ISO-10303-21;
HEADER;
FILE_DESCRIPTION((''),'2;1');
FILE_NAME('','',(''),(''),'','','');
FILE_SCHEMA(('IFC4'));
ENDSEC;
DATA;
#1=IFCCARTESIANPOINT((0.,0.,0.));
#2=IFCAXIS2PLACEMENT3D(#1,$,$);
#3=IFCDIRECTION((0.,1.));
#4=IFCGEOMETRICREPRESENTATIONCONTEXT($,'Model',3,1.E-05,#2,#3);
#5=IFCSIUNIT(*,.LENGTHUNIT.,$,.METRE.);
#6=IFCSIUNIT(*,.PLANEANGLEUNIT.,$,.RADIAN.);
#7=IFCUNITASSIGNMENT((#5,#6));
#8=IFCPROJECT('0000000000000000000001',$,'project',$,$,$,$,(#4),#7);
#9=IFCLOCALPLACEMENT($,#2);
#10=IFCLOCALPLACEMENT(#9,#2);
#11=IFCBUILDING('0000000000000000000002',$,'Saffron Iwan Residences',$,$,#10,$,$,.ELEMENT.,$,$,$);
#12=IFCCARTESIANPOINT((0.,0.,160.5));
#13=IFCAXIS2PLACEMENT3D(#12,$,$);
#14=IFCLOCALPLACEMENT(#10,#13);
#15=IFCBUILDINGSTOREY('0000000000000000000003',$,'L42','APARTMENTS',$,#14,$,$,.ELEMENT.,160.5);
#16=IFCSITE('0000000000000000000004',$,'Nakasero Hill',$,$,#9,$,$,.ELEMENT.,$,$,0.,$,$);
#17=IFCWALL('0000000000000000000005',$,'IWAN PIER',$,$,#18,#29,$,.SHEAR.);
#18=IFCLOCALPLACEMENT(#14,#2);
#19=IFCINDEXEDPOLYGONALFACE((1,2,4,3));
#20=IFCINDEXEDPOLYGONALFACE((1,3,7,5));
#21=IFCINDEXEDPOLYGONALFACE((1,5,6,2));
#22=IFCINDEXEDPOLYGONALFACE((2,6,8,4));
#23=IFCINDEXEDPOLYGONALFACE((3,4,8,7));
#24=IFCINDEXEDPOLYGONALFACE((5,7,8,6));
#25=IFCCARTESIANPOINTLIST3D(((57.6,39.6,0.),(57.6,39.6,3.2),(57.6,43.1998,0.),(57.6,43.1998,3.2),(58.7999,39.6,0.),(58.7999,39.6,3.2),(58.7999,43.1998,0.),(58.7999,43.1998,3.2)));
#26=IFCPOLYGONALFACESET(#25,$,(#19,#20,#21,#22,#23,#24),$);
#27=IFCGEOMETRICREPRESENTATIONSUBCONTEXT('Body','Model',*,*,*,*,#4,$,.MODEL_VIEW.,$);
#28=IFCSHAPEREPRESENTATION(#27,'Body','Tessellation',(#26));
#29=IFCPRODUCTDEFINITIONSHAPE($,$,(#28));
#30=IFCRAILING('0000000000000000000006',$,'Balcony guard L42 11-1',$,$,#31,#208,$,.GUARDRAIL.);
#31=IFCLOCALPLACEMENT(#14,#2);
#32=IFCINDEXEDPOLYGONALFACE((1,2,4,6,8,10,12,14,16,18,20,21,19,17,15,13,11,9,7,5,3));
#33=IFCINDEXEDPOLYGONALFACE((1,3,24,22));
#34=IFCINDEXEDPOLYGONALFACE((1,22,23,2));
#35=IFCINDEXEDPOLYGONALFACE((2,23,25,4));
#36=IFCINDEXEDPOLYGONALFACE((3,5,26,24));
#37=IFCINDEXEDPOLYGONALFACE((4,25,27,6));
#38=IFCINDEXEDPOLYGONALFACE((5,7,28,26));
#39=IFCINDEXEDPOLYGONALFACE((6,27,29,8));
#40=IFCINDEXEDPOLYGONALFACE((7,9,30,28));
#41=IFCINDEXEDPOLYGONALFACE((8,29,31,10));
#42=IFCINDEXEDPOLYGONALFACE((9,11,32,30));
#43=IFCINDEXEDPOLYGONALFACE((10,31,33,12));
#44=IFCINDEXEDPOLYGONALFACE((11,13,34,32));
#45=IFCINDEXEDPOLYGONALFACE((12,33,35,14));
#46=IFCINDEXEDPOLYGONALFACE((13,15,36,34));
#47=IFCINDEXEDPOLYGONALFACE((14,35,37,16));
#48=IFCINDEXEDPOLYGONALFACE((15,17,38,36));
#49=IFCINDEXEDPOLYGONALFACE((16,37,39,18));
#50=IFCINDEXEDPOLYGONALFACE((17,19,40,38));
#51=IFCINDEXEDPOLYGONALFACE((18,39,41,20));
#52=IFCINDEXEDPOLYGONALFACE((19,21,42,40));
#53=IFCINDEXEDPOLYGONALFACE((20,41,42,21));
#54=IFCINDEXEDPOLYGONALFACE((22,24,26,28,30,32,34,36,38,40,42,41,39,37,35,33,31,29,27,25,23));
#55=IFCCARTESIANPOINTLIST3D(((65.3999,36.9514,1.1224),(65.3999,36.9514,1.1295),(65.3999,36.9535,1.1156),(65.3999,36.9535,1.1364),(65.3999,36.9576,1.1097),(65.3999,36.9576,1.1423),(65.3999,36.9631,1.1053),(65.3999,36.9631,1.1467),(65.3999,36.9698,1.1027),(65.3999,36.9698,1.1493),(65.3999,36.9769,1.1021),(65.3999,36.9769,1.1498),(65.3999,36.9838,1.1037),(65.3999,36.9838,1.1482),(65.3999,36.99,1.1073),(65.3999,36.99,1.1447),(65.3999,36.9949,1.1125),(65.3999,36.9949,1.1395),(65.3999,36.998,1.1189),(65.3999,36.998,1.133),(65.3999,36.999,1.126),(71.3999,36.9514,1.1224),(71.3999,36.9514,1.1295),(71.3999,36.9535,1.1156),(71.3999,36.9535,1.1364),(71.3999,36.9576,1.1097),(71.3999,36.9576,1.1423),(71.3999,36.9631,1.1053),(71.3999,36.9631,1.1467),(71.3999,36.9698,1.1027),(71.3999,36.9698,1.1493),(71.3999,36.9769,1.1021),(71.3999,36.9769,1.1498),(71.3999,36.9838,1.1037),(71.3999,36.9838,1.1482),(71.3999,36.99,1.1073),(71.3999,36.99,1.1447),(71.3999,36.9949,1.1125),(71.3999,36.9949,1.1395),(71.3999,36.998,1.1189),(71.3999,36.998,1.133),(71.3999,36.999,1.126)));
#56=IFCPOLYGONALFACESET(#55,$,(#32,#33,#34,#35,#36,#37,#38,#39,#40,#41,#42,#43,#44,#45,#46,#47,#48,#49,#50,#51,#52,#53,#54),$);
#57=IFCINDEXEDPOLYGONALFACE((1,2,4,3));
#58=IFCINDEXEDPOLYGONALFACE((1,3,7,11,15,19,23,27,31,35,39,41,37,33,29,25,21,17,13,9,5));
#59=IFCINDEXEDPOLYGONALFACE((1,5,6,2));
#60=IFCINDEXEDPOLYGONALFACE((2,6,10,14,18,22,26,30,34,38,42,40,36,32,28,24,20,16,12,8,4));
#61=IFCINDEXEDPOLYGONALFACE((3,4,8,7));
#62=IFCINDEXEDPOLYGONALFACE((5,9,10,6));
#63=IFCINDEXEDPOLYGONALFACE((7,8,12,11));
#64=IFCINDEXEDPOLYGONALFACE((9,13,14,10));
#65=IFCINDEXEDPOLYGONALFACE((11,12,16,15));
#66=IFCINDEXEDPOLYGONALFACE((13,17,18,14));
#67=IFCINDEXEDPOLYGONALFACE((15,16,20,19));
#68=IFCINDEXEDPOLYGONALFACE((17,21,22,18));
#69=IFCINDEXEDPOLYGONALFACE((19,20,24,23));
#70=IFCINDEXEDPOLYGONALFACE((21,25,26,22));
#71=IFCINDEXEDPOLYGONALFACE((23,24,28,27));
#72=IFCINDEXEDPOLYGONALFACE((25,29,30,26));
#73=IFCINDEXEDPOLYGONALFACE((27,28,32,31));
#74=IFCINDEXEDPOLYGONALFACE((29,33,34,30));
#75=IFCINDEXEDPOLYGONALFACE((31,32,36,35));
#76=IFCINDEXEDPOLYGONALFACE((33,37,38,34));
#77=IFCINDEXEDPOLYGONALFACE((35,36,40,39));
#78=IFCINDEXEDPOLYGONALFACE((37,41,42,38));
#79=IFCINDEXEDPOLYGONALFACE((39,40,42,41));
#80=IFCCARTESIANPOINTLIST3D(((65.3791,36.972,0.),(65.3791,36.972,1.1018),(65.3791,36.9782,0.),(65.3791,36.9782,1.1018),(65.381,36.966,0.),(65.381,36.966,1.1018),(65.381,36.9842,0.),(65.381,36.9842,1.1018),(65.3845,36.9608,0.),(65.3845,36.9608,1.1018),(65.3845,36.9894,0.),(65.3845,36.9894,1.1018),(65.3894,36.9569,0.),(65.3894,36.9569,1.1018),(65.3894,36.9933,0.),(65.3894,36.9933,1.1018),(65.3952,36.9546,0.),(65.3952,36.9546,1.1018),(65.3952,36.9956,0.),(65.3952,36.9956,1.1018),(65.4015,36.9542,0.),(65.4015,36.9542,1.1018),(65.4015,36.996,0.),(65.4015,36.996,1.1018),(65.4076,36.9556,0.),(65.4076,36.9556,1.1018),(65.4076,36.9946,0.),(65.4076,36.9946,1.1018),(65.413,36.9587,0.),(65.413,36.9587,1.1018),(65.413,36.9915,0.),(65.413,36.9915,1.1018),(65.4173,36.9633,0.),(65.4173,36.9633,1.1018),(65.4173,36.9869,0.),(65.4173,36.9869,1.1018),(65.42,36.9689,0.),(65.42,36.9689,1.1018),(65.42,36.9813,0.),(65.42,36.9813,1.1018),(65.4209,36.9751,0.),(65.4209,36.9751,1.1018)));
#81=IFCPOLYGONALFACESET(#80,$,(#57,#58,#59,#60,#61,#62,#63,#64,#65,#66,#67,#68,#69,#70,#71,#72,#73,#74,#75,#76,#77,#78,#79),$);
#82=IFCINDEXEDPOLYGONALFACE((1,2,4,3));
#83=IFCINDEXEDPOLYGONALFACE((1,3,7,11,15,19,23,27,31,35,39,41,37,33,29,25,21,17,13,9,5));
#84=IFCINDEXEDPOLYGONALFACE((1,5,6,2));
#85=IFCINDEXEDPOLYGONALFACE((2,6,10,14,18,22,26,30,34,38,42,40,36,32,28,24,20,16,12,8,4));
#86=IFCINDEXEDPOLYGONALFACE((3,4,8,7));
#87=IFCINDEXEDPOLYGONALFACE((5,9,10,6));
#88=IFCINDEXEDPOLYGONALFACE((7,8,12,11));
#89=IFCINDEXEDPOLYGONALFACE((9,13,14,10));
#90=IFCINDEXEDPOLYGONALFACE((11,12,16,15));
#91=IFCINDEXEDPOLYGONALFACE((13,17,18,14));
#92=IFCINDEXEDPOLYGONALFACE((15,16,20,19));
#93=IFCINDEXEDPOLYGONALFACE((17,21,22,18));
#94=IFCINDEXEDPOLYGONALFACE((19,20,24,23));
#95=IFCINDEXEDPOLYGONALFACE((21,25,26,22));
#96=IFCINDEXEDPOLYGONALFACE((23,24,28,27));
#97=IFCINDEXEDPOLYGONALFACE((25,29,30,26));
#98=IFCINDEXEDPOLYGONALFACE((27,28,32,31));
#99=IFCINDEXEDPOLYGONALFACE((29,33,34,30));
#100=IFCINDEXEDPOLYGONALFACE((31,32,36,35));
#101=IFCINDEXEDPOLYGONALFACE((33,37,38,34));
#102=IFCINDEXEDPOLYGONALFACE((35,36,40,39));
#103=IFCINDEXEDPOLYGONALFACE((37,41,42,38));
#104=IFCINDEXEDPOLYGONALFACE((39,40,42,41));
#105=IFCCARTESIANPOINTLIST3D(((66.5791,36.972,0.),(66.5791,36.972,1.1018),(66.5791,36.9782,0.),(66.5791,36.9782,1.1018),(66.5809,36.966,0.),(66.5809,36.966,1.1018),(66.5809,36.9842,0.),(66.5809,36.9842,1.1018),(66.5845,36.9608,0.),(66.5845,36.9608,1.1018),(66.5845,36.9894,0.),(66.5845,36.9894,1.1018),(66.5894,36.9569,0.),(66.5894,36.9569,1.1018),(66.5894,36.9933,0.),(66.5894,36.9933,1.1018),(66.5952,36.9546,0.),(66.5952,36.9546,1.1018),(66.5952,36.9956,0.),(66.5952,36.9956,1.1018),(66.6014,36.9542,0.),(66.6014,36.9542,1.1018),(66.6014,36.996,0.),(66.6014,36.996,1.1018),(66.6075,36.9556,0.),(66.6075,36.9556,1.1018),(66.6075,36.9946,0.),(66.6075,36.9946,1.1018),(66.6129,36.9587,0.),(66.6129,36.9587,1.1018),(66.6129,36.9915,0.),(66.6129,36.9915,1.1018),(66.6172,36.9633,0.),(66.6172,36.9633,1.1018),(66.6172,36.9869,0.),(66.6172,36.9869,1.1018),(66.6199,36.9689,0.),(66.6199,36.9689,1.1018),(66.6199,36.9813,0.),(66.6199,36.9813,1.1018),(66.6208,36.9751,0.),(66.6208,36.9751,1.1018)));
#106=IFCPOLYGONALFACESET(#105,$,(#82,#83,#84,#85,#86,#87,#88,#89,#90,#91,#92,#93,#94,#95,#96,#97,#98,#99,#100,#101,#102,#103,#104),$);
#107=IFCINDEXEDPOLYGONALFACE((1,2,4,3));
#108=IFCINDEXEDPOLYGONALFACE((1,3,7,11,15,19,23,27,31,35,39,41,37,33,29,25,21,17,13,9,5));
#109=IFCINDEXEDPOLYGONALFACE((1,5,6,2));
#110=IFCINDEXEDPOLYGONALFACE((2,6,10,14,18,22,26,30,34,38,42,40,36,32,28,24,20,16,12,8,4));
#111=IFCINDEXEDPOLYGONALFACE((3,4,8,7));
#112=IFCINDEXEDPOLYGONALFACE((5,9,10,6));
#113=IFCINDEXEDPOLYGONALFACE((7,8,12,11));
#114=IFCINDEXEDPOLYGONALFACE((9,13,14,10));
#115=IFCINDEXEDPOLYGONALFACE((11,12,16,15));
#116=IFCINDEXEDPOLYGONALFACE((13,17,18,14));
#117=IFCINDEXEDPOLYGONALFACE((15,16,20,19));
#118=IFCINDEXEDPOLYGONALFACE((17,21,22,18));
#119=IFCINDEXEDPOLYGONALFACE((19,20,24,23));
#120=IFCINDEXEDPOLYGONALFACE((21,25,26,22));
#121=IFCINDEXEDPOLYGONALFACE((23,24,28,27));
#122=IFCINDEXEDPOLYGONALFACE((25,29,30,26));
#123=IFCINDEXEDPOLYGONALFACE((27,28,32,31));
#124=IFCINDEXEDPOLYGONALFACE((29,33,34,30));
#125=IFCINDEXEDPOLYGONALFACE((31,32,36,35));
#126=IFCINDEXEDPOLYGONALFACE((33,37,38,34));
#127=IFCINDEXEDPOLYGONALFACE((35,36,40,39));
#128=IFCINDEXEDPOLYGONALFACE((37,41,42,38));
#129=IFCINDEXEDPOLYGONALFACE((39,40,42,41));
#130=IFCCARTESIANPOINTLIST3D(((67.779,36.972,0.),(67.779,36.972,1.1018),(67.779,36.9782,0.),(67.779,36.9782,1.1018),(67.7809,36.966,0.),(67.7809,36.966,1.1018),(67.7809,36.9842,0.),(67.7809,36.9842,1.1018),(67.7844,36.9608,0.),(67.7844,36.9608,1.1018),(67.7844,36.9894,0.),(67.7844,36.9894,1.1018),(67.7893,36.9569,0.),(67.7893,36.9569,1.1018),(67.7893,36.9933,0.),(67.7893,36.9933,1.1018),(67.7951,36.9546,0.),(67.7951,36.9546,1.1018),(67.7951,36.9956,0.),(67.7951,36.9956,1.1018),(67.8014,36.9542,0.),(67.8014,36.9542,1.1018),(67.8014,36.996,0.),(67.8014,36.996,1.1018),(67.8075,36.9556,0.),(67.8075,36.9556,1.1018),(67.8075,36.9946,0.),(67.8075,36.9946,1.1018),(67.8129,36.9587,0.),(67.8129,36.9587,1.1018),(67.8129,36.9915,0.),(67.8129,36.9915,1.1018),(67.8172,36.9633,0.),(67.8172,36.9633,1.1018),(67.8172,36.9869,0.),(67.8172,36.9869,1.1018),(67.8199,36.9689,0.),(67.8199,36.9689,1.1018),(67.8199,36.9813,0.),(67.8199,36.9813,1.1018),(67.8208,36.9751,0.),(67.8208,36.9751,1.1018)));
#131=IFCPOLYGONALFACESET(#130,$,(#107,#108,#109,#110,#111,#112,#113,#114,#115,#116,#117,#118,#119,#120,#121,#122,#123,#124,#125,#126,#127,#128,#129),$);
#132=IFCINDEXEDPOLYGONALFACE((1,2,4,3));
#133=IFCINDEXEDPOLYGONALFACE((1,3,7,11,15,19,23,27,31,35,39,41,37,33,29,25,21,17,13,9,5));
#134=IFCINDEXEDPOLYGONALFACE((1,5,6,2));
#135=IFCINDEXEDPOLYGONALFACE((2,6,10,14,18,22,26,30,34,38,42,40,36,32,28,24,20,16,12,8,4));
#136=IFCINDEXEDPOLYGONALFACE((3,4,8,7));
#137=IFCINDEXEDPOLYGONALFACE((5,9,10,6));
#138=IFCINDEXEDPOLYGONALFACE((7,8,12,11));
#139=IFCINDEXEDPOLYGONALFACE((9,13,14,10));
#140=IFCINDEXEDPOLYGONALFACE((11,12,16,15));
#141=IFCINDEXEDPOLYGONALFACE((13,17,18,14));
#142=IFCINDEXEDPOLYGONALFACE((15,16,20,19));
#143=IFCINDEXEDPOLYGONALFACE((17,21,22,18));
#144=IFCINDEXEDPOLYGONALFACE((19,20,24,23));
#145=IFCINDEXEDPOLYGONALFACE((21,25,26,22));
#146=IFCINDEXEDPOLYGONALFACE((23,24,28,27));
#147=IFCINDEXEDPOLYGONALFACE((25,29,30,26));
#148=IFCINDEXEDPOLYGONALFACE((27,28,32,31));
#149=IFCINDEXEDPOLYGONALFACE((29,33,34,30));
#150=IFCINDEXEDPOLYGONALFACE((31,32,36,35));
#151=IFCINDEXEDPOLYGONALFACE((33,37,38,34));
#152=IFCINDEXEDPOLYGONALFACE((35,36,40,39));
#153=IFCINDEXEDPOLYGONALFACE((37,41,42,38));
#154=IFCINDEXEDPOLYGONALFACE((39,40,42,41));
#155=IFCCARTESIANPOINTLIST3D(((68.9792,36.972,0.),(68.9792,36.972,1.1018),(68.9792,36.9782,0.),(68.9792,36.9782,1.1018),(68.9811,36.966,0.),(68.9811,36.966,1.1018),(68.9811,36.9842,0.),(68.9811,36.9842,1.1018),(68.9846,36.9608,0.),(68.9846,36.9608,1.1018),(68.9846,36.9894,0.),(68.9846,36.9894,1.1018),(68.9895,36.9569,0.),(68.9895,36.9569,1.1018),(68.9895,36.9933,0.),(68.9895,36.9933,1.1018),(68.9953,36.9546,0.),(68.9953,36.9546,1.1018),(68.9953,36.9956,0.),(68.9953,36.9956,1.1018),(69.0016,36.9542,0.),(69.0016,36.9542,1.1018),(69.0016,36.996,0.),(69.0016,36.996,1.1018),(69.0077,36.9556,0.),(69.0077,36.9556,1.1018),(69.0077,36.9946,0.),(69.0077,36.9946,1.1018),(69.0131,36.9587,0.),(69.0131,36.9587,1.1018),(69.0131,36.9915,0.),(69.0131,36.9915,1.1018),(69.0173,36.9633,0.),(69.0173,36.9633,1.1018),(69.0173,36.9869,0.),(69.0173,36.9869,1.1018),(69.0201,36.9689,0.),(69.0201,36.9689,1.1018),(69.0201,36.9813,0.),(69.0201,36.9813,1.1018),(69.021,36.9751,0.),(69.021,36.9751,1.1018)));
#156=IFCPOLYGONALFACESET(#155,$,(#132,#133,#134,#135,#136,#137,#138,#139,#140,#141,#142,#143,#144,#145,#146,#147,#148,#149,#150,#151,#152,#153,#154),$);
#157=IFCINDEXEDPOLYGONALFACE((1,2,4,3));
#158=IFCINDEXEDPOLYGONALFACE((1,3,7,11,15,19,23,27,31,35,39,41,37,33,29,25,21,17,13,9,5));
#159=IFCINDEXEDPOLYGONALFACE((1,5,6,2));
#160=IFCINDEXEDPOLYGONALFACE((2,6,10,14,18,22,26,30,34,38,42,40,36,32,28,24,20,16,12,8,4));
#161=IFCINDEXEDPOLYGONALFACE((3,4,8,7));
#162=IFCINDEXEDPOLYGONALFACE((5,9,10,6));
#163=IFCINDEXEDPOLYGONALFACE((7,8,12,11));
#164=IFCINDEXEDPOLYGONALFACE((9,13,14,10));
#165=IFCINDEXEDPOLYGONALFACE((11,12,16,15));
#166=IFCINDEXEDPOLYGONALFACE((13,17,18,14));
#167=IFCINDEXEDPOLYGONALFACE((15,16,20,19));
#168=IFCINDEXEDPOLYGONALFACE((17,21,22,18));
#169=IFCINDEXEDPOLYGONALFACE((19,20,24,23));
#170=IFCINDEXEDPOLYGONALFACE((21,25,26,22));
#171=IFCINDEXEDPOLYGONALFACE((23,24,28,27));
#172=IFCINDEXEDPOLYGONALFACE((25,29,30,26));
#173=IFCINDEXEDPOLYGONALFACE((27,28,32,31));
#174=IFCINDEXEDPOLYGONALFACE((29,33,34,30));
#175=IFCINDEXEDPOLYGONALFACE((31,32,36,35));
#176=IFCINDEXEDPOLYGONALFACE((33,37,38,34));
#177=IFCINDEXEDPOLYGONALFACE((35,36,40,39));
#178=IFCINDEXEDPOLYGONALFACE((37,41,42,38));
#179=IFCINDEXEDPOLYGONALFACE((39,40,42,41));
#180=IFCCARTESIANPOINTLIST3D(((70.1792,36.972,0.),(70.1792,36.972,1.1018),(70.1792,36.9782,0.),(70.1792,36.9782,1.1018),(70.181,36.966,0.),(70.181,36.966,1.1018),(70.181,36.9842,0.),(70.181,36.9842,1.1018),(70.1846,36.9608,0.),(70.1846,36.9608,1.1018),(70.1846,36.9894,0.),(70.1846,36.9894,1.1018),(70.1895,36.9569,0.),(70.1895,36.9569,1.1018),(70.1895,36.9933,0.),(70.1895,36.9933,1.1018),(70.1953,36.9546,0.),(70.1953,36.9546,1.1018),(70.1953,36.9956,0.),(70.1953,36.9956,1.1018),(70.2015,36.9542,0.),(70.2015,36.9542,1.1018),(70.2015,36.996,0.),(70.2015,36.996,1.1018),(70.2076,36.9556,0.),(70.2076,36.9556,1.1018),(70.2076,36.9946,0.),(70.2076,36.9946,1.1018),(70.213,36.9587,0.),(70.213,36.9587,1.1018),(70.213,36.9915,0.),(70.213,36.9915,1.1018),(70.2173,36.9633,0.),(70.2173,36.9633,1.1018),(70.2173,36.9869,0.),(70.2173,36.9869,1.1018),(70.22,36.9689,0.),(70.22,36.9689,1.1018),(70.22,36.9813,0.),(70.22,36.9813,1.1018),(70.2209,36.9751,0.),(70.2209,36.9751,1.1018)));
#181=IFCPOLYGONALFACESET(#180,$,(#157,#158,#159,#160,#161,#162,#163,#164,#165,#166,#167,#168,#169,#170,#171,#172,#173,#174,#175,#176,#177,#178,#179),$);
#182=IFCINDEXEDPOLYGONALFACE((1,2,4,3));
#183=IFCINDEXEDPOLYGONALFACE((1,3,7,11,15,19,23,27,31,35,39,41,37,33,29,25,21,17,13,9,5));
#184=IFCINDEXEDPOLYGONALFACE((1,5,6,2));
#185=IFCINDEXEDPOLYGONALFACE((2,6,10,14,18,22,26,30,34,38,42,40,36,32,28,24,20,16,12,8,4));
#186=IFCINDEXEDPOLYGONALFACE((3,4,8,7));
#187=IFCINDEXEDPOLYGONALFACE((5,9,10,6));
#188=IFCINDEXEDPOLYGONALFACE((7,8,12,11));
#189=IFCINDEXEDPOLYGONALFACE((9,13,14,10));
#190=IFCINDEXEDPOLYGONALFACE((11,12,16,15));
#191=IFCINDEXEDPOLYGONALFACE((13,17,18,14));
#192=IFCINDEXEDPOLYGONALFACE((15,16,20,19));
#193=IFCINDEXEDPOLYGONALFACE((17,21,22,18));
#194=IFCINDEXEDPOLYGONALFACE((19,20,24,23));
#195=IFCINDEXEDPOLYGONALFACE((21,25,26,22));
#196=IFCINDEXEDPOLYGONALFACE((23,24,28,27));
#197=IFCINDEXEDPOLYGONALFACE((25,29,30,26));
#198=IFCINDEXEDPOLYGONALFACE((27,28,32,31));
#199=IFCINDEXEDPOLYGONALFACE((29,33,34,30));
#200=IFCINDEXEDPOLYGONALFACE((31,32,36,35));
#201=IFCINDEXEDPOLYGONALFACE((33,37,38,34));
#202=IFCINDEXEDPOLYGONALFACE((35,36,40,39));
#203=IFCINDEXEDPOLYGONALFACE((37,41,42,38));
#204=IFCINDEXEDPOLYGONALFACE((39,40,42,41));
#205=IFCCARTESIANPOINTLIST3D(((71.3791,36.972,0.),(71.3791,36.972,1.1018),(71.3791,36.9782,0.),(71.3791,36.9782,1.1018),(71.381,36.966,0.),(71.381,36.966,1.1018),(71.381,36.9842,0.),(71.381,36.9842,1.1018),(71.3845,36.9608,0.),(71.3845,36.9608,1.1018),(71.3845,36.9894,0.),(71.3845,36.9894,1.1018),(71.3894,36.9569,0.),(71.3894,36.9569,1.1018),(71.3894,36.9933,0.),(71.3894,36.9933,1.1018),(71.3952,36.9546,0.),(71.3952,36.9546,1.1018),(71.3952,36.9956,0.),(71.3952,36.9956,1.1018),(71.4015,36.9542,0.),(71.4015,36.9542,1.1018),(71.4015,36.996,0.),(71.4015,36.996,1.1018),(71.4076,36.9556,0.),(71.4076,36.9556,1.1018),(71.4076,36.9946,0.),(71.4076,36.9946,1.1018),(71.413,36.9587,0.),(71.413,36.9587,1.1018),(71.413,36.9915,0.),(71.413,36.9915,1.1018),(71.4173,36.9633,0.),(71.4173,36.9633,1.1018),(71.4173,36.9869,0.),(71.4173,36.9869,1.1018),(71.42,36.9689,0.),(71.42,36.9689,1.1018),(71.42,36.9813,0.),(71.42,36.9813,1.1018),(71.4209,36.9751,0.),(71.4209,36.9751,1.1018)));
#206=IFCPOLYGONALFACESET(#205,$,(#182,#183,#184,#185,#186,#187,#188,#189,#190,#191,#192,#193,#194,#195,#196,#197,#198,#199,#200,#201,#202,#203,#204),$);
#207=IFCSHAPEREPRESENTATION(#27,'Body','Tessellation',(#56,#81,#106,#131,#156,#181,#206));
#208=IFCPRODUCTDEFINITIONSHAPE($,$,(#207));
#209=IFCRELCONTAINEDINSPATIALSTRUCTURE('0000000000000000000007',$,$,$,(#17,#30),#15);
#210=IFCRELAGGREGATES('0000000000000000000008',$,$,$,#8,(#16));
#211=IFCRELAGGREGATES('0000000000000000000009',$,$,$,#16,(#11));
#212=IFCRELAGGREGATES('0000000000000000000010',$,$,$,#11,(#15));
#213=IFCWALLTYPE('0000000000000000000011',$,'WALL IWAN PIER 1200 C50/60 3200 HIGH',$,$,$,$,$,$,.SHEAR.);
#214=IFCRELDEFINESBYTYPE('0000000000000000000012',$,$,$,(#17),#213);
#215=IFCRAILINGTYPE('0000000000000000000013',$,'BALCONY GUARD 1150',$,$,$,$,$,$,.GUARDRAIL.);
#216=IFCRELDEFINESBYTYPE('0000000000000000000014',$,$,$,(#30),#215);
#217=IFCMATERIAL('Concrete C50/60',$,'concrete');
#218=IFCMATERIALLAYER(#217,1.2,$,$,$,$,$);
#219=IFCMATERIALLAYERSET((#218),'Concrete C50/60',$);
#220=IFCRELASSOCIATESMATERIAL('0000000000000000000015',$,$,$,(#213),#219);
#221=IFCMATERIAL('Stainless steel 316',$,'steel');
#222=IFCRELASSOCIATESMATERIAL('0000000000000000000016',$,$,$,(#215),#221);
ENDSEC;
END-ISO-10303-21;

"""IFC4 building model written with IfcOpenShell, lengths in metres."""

from ifc_helpers import new_model, si_unit, direction, frame, frame_2d, origin, origin_2d, place, context, subcontext, project, spatial, rectangle, circle, extrude, material, layer, layer_set, type_object, element, save


model = new_model("IFC4")

# Units and contexts
model_context = context("Model", 3, precision=1e-05, world=origin(), true_north=direction((0.0, 1.0)))
body_context = subcontext(model_context, "Body", "Model", "MODEL_VIEW")
ifc_project = project(units=[si_unit("LENGTHUNIT", "METRE"), si_unit("PLANEANGLEUNIT", "RADIAN")], contexts=[model_context])

# Site, building, storey
site_placement = place(None, origin())
site = spatial("IfcSite", under=ifc_project, at=site_placement, Name="Nakasero Hill", CompositionType="ELEMENT", RefElevation=0.0)
building_placement = place(site_placement, origin())
building = spatial("IfcBuilding", under=site, at=building_placement, Name="Saffron Iwan Residences", CompositionType="ELEMENT")
storey_placement = place(building_placement, frame((0.0, 0.0, 160.5)))
storey = spatial("IfcBuildingStorey", under=building, at=storey_placement, Name="L42", Description="APARTMENTS", CompositionType="ELEMENT", Elevation=160.5)

# Shared definitions
ifc_material_1 = material(Name="Concrete C50/60", Category="concrete")

# Wall
ifc_layer_1 = layer(ifc_material_1, 1.2)
ifc_layer_set_1 = layer_set([ifc_layer_1], Name="Concrete C50/60")
wall_type_1 = type_object("IfcWallType", Name="WALL IWAN PIER 1200 C50/60 3200 HIGH", PredefinedType="SHEAR", material=ifc_layer_set_1)
wall_1_placement = place(storey_placement, frame((58.2, 39.6001, 0.0), z_axis=(0.0, 0.0, 1.0), x_axis=(0.0, 1.0, 0.0)))
element("IfcWall", 1, at=wall_1_placement, inside=storey, type_object=wall_type_1, Name="IWAN PIER", PredefinedType="SHEAR", context=body_context, shape_type="SweptSolid", body=[
    extrude(rectangle(XDim=3.5999, YDim=1.2, at=frame_2d((1.7998, 0.0))), origin(), (0.0, 0.0, 1.0), 3.2),
])

# Railing
ifc_material_2 = material(Name="Stainless steel 316", Category="steel")
railing_type = type_object("IfcRailingType", Name="BALCONY GUARD 1150", PredefinedType="GUARDRAIL", material=ifc_material_2)
railing_placement = place(storey_placement, frame((65.3999, 36.9751, 0.0)))
element("IfcRailing", 2, at=railing_placement, inside=storey, type_object=railing_type, Name="Balcony guard L42 11-1", PredefinedType="GUARDRAIL", context=body_context, shape_type="SweptSolid", body=[
    extrude(circle(Radius=0.0239, at=origin_2d()), frame((0.0, 0.0, 1.126), z_axis=(1.0, 0.0, 0.0), x_axis=(0.0, 1.0, 0.0)), (0.0, 0.0, 1.0), 6.0),
    extrude(circle(Radius=0.021, at=origin_2d()), origin(), (0.0, 0.0, 1.0), 1.1018),
    extrude(circle(Radius=0.021, at=origin_2d()), frame((1.2, 0.0, 0.0)), (0.0, 0.0, 1.0), 1.1018),
    extrude(circle(Radius=0.021, at=origin_2d()), frame((2.3999, 0.0, 0.0)), (0.0, 0.0, 1.0), 1.1018),
    extrude(circle(Radius=0.021, at=origin_2d()), frame((3.6001, 0.0, 0.0)), (0.0, 0.0, 1.0), 1.1018),
    extrude(circle(Radius=0.021, at=origin_2d()), frame((4.8, 0.0, 0.0)), (0.0, 0.0, 1.0), 1.1018),
    extrude(circle(Radius=0.021, at=origin_2d()), frame((6.0, 0.0, 0.0)), (0.0, 0.0, 1.0), 1.1018),
])

save(model, "model.ifc")
